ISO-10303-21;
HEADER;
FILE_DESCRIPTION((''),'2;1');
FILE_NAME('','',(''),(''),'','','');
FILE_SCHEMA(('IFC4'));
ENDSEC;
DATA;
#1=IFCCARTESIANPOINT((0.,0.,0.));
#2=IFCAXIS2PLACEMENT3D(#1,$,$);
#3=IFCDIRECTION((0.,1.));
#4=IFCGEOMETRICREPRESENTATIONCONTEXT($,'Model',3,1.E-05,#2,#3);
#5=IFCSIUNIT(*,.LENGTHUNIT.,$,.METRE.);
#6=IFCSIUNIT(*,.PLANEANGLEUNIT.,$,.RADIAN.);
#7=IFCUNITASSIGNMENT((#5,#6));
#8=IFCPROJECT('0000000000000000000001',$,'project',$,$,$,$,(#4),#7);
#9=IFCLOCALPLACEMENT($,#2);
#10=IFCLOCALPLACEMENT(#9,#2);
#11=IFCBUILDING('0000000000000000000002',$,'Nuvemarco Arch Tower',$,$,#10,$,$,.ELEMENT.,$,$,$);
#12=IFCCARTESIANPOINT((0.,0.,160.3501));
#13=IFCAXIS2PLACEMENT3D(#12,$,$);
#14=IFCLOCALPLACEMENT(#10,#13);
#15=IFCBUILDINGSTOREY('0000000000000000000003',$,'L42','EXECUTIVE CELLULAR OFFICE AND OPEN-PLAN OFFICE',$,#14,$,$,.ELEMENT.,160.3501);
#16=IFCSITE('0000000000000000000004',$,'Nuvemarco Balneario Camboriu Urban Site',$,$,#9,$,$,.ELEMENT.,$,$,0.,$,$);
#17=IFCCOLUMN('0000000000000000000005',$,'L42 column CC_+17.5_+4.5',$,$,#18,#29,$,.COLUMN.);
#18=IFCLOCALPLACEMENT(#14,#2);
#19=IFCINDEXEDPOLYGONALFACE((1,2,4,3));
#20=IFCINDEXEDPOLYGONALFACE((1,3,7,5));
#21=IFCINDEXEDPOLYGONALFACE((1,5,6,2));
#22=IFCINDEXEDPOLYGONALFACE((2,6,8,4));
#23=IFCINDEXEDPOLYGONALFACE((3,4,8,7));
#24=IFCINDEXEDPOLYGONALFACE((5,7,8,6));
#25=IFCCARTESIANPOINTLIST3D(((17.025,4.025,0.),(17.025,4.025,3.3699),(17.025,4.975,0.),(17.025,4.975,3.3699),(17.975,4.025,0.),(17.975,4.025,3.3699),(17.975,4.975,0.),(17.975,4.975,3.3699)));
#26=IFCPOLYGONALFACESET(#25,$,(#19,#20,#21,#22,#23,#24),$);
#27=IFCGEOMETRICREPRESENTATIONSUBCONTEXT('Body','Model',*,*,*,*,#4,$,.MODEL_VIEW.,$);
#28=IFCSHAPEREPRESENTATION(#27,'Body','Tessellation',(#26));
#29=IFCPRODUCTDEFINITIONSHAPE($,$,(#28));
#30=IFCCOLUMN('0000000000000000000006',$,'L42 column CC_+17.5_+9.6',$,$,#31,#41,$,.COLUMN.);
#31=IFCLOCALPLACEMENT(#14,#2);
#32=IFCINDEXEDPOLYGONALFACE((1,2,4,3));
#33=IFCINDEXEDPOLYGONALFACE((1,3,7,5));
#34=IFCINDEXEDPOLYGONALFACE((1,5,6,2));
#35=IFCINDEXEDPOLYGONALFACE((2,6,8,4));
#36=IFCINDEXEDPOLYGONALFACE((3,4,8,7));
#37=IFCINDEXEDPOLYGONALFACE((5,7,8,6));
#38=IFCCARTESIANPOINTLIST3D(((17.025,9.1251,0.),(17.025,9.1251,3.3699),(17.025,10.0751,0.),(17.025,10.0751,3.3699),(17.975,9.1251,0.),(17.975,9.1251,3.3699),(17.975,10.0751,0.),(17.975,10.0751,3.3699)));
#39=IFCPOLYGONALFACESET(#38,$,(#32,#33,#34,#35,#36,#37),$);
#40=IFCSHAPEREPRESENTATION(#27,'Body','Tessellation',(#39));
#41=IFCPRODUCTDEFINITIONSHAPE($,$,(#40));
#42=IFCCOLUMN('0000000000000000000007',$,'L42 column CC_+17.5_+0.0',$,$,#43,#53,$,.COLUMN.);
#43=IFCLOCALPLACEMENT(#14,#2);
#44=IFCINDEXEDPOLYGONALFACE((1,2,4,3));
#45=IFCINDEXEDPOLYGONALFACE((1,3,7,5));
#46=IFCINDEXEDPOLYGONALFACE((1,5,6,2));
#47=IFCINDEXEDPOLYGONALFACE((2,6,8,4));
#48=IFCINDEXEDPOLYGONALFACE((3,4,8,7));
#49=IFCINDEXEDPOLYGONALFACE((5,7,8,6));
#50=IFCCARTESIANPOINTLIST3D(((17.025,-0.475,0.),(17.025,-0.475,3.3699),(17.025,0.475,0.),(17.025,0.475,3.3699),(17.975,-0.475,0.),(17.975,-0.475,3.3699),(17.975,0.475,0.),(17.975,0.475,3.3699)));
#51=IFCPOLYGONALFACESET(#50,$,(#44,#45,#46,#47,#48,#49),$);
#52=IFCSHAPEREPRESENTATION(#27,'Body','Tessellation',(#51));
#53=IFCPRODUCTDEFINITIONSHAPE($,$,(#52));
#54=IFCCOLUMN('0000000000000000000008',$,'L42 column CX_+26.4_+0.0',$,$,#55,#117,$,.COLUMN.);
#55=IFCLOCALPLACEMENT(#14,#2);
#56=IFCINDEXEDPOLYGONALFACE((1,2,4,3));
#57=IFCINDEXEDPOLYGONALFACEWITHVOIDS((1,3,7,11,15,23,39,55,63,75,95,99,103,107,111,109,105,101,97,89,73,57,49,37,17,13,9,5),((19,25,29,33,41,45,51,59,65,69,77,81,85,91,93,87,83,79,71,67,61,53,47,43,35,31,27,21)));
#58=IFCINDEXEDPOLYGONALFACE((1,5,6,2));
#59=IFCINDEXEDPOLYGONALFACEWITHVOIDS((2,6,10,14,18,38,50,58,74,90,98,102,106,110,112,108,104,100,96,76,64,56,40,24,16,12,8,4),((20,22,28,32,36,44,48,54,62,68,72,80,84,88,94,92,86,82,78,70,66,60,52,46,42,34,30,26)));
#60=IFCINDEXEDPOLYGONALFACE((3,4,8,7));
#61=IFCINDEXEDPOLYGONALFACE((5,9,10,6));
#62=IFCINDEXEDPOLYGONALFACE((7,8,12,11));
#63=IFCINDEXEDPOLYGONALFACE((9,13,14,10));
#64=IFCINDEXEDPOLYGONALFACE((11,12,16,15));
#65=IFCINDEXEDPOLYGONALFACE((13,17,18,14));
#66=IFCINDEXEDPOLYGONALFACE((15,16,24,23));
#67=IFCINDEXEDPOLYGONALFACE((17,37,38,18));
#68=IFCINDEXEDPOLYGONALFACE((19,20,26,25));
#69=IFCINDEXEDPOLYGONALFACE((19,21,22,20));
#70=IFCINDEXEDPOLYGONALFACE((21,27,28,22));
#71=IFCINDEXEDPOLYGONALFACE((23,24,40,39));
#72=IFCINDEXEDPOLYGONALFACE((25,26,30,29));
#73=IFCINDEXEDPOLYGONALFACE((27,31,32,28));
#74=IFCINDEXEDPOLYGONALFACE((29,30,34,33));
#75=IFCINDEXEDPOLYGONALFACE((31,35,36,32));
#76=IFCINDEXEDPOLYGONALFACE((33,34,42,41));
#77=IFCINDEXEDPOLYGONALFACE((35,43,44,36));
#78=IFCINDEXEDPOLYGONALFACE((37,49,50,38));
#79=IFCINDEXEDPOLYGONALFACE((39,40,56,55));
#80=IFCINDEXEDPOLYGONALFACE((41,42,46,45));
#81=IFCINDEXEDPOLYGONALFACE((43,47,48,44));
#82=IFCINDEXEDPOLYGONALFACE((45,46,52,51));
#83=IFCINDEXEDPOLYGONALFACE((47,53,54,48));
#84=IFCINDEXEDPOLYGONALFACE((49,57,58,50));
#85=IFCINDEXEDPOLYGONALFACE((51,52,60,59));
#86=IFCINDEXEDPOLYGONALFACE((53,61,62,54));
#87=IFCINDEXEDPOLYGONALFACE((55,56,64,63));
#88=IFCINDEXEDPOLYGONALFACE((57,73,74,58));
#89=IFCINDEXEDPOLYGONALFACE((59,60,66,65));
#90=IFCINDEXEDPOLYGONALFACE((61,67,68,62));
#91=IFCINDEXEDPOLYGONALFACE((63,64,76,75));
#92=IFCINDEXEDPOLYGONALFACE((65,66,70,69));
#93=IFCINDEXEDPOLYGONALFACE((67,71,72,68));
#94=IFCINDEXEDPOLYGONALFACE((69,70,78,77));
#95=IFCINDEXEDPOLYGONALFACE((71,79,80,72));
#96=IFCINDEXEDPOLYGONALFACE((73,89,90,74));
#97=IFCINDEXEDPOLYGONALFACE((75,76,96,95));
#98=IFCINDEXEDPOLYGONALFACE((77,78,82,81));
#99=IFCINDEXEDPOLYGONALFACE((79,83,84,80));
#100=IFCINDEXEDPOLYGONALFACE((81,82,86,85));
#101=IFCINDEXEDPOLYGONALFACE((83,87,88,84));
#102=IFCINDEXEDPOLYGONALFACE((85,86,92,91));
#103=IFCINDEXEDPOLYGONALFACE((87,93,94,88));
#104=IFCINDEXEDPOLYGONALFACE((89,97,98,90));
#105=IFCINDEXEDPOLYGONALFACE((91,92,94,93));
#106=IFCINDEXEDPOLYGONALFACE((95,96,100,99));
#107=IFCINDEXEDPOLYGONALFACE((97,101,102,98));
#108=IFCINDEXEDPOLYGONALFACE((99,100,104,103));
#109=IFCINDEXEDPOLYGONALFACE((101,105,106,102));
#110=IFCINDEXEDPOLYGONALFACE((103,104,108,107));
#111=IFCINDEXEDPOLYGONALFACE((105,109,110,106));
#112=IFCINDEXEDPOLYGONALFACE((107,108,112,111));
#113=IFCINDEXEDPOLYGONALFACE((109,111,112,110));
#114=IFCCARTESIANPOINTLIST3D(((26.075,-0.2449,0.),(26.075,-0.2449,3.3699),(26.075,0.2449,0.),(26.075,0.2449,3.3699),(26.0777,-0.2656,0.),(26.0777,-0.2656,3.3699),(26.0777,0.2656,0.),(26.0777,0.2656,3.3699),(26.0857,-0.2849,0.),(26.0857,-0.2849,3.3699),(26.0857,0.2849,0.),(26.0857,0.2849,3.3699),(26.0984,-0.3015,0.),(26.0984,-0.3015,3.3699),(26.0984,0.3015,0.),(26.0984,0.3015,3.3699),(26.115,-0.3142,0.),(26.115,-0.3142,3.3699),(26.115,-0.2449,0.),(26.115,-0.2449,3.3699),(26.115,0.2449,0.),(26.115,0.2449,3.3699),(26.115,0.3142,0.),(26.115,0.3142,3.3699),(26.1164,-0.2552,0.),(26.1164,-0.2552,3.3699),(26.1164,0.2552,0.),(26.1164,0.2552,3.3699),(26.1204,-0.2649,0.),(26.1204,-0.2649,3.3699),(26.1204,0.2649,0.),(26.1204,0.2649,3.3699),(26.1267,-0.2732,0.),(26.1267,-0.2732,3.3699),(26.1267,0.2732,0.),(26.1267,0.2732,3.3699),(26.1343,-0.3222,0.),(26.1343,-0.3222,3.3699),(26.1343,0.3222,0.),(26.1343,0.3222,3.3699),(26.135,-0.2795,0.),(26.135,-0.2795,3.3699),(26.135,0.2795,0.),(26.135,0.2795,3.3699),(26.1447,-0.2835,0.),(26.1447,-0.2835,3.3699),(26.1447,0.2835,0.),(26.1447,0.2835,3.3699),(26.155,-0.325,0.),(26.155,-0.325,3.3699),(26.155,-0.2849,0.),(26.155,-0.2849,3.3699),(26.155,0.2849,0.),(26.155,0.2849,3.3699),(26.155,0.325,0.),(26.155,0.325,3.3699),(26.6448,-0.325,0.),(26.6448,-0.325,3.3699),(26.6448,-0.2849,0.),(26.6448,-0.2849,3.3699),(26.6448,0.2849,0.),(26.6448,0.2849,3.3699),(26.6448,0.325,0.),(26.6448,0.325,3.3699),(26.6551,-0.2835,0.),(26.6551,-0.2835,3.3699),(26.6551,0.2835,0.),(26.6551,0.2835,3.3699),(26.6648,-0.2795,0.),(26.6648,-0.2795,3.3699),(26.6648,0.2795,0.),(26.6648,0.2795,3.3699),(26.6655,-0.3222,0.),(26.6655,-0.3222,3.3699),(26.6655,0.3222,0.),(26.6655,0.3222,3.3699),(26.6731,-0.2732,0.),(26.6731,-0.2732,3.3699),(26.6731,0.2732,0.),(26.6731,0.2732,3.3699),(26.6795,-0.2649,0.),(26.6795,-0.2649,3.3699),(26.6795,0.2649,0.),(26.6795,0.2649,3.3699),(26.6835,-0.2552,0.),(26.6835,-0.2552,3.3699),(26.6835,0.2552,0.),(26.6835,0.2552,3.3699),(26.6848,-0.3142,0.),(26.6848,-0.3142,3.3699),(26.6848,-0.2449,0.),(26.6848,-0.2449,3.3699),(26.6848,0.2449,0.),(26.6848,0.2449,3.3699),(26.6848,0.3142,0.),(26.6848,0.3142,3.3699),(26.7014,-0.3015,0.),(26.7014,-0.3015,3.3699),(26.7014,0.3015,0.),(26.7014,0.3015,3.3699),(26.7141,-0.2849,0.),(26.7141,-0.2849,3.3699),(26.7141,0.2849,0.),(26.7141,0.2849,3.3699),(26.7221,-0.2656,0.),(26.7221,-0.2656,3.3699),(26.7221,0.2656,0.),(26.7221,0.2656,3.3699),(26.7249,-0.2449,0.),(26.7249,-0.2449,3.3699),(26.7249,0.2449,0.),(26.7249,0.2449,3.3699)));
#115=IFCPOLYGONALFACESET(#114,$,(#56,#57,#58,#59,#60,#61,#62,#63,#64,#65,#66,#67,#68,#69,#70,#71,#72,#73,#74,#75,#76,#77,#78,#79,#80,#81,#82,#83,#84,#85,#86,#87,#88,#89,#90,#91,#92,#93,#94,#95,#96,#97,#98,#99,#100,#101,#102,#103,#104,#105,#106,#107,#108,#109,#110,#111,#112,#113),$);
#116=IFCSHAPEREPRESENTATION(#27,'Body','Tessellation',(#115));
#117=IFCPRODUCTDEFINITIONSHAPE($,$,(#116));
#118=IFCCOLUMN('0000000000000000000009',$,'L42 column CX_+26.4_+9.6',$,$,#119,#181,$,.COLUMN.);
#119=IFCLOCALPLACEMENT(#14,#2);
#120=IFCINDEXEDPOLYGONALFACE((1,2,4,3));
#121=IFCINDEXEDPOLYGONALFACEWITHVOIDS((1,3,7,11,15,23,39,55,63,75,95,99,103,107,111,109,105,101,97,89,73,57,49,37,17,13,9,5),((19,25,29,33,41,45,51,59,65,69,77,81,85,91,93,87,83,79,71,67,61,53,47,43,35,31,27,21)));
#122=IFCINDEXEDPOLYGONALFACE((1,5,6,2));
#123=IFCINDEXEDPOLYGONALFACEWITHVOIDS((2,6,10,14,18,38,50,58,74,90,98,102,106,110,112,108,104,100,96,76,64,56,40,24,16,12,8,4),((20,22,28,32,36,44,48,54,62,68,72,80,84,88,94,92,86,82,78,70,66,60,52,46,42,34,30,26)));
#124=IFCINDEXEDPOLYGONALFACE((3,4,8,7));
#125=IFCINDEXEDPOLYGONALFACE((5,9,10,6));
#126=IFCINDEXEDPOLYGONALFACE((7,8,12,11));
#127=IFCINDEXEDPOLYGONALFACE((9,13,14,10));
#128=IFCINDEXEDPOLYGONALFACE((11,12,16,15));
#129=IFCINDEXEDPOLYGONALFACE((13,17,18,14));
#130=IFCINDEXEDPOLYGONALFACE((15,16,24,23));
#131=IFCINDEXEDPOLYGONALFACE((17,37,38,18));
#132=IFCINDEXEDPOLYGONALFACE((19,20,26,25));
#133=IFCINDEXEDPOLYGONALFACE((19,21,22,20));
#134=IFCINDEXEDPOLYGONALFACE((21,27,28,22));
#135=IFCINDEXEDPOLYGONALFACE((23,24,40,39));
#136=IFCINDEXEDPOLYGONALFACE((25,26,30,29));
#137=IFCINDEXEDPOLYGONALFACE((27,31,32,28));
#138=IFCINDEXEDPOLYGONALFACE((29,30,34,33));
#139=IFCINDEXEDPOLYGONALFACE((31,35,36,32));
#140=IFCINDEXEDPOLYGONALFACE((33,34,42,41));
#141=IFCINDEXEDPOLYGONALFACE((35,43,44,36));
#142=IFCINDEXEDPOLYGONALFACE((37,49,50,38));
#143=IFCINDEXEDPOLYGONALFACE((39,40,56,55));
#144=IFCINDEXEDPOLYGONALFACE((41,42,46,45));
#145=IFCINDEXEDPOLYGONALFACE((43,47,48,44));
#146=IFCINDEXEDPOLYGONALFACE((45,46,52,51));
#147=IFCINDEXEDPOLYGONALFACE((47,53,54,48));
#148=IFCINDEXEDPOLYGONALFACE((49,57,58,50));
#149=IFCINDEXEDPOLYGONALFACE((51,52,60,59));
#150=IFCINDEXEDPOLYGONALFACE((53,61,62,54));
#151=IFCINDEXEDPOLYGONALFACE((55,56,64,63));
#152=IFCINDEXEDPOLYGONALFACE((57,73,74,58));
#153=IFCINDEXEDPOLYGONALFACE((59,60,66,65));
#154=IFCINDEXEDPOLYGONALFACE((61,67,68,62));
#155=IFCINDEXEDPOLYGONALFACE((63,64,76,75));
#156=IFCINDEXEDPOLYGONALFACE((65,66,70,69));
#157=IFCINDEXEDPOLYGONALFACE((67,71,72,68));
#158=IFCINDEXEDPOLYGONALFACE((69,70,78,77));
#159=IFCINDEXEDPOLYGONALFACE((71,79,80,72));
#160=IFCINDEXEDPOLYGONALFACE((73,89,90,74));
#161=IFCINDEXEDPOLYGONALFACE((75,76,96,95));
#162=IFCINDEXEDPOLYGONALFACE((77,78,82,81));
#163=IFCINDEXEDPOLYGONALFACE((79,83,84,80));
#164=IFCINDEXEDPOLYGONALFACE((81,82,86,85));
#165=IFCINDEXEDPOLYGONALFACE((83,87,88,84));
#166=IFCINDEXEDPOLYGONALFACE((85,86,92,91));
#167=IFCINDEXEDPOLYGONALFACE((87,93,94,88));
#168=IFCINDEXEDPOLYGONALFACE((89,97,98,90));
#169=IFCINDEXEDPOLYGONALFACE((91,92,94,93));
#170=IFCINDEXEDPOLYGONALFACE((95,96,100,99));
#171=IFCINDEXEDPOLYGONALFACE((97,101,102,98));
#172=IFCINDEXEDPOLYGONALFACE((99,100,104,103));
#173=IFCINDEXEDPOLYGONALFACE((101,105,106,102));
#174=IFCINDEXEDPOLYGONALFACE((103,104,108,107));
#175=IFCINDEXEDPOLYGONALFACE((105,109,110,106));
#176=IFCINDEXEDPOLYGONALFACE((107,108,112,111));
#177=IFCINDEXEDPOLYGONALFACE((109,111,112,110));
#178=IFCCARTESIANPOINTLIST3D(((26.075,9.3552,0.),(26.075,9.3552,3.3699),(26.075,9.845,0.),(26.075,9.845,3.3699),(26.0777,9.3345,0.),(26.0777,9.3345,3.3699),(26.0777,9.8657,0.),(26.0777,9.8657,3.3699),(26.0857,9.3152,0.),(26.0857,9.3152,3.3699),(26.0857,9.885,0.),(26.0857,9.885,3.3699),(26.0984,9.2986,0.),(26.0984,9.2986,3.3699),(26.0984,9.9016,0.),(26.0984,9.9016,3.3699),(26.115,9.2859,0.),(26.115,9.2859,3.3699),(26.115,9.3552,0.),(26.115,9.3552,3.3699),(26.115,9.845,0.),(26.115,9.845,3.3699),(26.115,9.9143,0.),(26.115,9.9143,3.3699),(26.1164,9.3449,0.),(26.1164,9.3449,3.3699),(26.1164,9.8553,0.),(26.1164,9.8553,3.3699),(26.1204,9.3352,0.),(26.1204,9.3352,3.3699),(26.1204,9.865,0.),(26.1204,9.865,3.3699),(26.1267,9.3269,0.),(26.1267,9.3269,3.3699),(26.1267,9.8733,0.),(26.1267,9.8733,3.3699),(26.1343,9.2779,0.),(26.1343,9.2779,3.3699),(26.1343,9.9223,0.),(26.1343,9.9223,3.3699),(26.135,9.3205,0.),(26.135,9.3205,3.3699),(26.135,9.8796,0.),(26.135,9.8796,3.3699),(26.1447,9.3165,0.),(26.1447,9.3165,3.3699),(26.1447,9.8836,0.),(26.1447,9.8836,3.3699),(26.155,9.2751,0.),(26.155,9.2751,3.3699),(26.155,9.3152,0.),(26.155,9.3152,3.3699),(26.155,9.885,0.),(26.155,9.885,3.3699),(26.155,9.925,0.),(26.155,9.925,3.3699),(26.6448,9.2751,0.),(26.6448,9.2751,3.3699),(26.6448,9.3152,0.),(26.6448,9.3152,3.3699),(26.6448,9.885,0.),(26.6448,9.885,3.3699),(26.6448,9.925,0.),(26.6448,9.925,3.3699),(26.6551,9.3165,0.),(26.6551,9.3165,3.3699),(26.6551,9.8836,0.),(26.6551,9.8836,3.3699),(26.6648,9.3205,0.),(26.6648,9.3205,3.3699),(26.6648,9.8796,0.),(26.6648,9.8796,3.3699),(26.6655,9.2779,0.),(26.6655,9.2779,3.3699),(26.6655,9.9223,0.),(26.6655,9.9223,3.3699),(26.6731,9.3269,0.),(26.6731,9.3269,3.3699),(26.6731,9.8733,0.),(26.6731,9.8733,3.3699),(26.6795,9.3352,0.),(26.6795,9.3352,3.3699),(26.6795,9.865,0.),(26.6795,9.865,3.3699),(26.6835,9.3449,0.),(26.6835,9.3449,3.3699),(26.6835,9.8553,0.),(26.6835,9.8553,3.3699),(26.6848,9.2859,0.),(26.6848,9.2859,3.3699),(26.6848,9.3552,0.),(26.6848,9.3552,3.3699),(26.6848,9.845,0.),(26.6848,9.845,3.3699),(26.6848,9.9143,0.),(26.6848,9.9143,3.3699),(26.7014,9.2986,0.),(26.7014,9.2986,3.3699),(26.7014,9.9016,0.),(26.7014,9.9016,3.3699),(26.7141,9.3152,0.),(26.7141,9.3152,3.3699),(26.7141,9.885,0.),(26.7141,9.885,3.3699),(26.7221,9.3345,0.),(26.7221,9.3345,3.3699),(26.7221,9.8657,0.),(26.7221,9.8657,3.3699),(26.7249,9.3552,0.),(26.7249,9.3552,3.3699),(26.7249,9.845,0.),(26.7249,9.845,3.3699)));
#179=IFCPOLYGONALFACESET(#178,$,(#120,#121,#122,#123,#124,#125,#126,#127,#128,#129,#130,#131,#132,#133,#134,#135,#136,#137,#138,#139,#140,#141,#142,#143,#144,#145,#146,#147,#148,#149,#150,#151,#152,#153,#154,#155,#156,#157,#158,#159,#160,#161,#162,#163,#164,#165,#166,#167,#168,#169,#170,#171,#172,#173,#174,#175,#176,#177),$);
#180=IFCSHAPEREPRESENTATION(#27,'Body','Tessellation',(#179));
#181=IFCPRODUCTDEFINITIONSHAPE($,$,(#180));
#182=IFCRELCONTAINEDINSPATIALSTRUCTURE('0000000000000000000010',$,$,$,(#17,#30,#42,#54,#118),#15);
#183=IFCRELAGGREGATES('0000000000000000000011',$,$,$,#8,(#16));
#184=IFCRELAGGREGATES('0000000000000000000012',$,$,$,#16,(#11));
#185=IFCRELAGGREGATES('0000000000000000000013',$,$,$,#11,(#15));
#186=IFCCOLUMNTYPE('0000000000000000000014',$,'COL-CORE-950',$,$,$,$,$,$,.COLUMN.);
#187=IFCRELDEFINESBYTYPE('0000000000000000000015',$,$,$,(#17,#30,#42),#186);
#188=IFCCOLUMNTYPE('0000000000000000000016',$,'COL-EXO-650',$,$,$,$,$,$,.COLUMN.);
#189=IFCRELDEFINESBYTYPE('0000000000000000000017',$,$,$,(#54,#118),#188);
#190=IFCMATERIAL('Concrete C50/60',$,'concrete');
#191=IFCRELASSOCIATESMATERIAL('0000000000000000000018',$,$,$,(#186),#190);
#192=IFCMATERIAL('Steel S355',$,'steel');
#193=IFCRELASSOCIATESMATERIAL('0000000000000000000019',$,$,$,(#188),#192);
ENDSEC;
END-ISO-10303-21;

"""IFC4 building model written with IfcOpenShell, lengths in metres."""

from ifc_helpers import new_model, si_unit, direction, frame, origin, origin_2d, place, context, subcontext, project, spatial, rectangle, hollow_rectangle, extrude, material, material_profile, profile_set, type_object, element, save


model = new_model("IFC4")

# Units and contexts
model_context = context("Model", 3, precision=1e-05, world=origin(), true_north=direction((0.0, 1.0)))
body_context = subcontext(model_context, "Body", "Model", "MODEL_VIEW")
ifc_project = project(units=[si_unit("LENGTHUNIT", "METRE"), si_unit("PLANEANGLEUNIT", "RADIAN")], contexts=[model_context])

# Site, building, storey
site_placement = place(None, origin())
site = spatial("IfcSite", under=ifc_project, at=site_placement, Name="Nuvemarco Balneario Camboriu Urban Site", CompositionType="ELEMENT", RefElevation=0.0)
building_placement = place(site_placement, origin())
building = spatial("IfcBuilding", under=site, at=building_placement, Name="Nuvemarco Arch Tower", CompositionType="ELEMENT")
storey_placement = place(building_placement, frame((0.0, 0.0, 160.3501)))
storey = spatial("IfcBuildingStorey", under=building, at=storey_placement, Name="L42", Description="EXECUTIVE CELLULAR OFFICE AND OPEN-PLAN OFFICE", CompositionType="ELEMENT", Elevation=160.3501)

# Columns
ifc_material_1 = material(Name="Concrete C50/60", Category="concrete")
ifc_material_profile_1 = material_profile(ifc_material_1, rectangle(XDim=0.95, YDim=0.95, at=origin_2d()), Name="RC-COL-950x950")
ifc_profile_set_1 = profile_set([ifc_material_profile_1], Name="Concrete C50/60")
column_type_1 = type_object("IfcColumnType", Name="COL-CORE-950", PredefinedType="COLUMN", material=ifc_profile_set_1)
for number, where, z_axis, x_axis, name in (
    (1, (17.5, 4.5, 0.0), (0.0, 0.0, 1.0), (1.0, 0.0, 0.0), "L42 column CC_+17.5_+4.5"),
    (2, (17.5, 9.6001, 0.0), (0.0, 0.0, 1.0), (1.0, 0.0, 0.0), "L42 column CC_+17.5_+9.6"),
    (3, (17.5, 0.0, 0.0), (0.0, 0.0, 1.0), (1.0, 0.0, 0.0), "L42 column CC_+17.5_+0.0"),
):
    element("IfcColumn", number, at=place(storey_placement, frame(where, z_axis=z_axis, x_axis=x_axis)), inside=storey, type_object=column_type_1, Name=name, PredefinedType="COLUMN", context=body_context, shape_type="SweptSolid", body=[
        extrude(rectangle(XDim=0.95, YDim=0.95, at=origin_2d()), origin(), (0.0, 0.0, 1.0), 3.3699),
    ])
ifc_material_2 = material(Name="Steel S355", Category="steel")
ifc_material_profile_2 = material_profile(ifc_material_2, hollow_rectangle(XDim=0.6499, YDim=0.6499, WallThickness=0.04, InnerFilletRadius=0.04, OuterFilletRadius=0.0801, at=origin_2d()), Name="SHS650x650x40")
ifc_profile_set_2 = profile_set([ifc_material_profile_2], Name="Steel S355")
column_type_2 = type_object("IfcColumnType", Name="COL-EXO-650", PredefinedType="COLUMN", material=ifc_profile_set_2)
for number, where, z_axis, x_axis, name in (
    (4, (26.3999, 0.0, 0.0), (0.0, 0.0, 1.0), (1.0, 0.0, 0.0), "L42 column CX_+26.4_+0.0"),
    (5, (26.3999, 9.6001, 0.0), (0.0, 0.0, 1.0), (1.0, 0.0, 0.0), "L42 column CX_+26.4_+9.6"),
):
    element("IfcColumn", number, at=place(storey_placement, frame(where, z_axis=z_axis, x_axis=x_axis)), inside=storey, type_object=column_type_2, Name=name, PredefinedType="COLUMN", context=body_context, shape_type="SweptSolid", body=[
        extrude(hollow_rectangle(XDim=0.6499, YDim=0.6499, WallThickness=0.04, InnerFilletRadius=0.04, OuterFilletRadius=0.0801, at=origin_2d()), origin(), (0.0, 0.0, 1.0), 3.3699),
    ])

save(model, "model.ifc")
